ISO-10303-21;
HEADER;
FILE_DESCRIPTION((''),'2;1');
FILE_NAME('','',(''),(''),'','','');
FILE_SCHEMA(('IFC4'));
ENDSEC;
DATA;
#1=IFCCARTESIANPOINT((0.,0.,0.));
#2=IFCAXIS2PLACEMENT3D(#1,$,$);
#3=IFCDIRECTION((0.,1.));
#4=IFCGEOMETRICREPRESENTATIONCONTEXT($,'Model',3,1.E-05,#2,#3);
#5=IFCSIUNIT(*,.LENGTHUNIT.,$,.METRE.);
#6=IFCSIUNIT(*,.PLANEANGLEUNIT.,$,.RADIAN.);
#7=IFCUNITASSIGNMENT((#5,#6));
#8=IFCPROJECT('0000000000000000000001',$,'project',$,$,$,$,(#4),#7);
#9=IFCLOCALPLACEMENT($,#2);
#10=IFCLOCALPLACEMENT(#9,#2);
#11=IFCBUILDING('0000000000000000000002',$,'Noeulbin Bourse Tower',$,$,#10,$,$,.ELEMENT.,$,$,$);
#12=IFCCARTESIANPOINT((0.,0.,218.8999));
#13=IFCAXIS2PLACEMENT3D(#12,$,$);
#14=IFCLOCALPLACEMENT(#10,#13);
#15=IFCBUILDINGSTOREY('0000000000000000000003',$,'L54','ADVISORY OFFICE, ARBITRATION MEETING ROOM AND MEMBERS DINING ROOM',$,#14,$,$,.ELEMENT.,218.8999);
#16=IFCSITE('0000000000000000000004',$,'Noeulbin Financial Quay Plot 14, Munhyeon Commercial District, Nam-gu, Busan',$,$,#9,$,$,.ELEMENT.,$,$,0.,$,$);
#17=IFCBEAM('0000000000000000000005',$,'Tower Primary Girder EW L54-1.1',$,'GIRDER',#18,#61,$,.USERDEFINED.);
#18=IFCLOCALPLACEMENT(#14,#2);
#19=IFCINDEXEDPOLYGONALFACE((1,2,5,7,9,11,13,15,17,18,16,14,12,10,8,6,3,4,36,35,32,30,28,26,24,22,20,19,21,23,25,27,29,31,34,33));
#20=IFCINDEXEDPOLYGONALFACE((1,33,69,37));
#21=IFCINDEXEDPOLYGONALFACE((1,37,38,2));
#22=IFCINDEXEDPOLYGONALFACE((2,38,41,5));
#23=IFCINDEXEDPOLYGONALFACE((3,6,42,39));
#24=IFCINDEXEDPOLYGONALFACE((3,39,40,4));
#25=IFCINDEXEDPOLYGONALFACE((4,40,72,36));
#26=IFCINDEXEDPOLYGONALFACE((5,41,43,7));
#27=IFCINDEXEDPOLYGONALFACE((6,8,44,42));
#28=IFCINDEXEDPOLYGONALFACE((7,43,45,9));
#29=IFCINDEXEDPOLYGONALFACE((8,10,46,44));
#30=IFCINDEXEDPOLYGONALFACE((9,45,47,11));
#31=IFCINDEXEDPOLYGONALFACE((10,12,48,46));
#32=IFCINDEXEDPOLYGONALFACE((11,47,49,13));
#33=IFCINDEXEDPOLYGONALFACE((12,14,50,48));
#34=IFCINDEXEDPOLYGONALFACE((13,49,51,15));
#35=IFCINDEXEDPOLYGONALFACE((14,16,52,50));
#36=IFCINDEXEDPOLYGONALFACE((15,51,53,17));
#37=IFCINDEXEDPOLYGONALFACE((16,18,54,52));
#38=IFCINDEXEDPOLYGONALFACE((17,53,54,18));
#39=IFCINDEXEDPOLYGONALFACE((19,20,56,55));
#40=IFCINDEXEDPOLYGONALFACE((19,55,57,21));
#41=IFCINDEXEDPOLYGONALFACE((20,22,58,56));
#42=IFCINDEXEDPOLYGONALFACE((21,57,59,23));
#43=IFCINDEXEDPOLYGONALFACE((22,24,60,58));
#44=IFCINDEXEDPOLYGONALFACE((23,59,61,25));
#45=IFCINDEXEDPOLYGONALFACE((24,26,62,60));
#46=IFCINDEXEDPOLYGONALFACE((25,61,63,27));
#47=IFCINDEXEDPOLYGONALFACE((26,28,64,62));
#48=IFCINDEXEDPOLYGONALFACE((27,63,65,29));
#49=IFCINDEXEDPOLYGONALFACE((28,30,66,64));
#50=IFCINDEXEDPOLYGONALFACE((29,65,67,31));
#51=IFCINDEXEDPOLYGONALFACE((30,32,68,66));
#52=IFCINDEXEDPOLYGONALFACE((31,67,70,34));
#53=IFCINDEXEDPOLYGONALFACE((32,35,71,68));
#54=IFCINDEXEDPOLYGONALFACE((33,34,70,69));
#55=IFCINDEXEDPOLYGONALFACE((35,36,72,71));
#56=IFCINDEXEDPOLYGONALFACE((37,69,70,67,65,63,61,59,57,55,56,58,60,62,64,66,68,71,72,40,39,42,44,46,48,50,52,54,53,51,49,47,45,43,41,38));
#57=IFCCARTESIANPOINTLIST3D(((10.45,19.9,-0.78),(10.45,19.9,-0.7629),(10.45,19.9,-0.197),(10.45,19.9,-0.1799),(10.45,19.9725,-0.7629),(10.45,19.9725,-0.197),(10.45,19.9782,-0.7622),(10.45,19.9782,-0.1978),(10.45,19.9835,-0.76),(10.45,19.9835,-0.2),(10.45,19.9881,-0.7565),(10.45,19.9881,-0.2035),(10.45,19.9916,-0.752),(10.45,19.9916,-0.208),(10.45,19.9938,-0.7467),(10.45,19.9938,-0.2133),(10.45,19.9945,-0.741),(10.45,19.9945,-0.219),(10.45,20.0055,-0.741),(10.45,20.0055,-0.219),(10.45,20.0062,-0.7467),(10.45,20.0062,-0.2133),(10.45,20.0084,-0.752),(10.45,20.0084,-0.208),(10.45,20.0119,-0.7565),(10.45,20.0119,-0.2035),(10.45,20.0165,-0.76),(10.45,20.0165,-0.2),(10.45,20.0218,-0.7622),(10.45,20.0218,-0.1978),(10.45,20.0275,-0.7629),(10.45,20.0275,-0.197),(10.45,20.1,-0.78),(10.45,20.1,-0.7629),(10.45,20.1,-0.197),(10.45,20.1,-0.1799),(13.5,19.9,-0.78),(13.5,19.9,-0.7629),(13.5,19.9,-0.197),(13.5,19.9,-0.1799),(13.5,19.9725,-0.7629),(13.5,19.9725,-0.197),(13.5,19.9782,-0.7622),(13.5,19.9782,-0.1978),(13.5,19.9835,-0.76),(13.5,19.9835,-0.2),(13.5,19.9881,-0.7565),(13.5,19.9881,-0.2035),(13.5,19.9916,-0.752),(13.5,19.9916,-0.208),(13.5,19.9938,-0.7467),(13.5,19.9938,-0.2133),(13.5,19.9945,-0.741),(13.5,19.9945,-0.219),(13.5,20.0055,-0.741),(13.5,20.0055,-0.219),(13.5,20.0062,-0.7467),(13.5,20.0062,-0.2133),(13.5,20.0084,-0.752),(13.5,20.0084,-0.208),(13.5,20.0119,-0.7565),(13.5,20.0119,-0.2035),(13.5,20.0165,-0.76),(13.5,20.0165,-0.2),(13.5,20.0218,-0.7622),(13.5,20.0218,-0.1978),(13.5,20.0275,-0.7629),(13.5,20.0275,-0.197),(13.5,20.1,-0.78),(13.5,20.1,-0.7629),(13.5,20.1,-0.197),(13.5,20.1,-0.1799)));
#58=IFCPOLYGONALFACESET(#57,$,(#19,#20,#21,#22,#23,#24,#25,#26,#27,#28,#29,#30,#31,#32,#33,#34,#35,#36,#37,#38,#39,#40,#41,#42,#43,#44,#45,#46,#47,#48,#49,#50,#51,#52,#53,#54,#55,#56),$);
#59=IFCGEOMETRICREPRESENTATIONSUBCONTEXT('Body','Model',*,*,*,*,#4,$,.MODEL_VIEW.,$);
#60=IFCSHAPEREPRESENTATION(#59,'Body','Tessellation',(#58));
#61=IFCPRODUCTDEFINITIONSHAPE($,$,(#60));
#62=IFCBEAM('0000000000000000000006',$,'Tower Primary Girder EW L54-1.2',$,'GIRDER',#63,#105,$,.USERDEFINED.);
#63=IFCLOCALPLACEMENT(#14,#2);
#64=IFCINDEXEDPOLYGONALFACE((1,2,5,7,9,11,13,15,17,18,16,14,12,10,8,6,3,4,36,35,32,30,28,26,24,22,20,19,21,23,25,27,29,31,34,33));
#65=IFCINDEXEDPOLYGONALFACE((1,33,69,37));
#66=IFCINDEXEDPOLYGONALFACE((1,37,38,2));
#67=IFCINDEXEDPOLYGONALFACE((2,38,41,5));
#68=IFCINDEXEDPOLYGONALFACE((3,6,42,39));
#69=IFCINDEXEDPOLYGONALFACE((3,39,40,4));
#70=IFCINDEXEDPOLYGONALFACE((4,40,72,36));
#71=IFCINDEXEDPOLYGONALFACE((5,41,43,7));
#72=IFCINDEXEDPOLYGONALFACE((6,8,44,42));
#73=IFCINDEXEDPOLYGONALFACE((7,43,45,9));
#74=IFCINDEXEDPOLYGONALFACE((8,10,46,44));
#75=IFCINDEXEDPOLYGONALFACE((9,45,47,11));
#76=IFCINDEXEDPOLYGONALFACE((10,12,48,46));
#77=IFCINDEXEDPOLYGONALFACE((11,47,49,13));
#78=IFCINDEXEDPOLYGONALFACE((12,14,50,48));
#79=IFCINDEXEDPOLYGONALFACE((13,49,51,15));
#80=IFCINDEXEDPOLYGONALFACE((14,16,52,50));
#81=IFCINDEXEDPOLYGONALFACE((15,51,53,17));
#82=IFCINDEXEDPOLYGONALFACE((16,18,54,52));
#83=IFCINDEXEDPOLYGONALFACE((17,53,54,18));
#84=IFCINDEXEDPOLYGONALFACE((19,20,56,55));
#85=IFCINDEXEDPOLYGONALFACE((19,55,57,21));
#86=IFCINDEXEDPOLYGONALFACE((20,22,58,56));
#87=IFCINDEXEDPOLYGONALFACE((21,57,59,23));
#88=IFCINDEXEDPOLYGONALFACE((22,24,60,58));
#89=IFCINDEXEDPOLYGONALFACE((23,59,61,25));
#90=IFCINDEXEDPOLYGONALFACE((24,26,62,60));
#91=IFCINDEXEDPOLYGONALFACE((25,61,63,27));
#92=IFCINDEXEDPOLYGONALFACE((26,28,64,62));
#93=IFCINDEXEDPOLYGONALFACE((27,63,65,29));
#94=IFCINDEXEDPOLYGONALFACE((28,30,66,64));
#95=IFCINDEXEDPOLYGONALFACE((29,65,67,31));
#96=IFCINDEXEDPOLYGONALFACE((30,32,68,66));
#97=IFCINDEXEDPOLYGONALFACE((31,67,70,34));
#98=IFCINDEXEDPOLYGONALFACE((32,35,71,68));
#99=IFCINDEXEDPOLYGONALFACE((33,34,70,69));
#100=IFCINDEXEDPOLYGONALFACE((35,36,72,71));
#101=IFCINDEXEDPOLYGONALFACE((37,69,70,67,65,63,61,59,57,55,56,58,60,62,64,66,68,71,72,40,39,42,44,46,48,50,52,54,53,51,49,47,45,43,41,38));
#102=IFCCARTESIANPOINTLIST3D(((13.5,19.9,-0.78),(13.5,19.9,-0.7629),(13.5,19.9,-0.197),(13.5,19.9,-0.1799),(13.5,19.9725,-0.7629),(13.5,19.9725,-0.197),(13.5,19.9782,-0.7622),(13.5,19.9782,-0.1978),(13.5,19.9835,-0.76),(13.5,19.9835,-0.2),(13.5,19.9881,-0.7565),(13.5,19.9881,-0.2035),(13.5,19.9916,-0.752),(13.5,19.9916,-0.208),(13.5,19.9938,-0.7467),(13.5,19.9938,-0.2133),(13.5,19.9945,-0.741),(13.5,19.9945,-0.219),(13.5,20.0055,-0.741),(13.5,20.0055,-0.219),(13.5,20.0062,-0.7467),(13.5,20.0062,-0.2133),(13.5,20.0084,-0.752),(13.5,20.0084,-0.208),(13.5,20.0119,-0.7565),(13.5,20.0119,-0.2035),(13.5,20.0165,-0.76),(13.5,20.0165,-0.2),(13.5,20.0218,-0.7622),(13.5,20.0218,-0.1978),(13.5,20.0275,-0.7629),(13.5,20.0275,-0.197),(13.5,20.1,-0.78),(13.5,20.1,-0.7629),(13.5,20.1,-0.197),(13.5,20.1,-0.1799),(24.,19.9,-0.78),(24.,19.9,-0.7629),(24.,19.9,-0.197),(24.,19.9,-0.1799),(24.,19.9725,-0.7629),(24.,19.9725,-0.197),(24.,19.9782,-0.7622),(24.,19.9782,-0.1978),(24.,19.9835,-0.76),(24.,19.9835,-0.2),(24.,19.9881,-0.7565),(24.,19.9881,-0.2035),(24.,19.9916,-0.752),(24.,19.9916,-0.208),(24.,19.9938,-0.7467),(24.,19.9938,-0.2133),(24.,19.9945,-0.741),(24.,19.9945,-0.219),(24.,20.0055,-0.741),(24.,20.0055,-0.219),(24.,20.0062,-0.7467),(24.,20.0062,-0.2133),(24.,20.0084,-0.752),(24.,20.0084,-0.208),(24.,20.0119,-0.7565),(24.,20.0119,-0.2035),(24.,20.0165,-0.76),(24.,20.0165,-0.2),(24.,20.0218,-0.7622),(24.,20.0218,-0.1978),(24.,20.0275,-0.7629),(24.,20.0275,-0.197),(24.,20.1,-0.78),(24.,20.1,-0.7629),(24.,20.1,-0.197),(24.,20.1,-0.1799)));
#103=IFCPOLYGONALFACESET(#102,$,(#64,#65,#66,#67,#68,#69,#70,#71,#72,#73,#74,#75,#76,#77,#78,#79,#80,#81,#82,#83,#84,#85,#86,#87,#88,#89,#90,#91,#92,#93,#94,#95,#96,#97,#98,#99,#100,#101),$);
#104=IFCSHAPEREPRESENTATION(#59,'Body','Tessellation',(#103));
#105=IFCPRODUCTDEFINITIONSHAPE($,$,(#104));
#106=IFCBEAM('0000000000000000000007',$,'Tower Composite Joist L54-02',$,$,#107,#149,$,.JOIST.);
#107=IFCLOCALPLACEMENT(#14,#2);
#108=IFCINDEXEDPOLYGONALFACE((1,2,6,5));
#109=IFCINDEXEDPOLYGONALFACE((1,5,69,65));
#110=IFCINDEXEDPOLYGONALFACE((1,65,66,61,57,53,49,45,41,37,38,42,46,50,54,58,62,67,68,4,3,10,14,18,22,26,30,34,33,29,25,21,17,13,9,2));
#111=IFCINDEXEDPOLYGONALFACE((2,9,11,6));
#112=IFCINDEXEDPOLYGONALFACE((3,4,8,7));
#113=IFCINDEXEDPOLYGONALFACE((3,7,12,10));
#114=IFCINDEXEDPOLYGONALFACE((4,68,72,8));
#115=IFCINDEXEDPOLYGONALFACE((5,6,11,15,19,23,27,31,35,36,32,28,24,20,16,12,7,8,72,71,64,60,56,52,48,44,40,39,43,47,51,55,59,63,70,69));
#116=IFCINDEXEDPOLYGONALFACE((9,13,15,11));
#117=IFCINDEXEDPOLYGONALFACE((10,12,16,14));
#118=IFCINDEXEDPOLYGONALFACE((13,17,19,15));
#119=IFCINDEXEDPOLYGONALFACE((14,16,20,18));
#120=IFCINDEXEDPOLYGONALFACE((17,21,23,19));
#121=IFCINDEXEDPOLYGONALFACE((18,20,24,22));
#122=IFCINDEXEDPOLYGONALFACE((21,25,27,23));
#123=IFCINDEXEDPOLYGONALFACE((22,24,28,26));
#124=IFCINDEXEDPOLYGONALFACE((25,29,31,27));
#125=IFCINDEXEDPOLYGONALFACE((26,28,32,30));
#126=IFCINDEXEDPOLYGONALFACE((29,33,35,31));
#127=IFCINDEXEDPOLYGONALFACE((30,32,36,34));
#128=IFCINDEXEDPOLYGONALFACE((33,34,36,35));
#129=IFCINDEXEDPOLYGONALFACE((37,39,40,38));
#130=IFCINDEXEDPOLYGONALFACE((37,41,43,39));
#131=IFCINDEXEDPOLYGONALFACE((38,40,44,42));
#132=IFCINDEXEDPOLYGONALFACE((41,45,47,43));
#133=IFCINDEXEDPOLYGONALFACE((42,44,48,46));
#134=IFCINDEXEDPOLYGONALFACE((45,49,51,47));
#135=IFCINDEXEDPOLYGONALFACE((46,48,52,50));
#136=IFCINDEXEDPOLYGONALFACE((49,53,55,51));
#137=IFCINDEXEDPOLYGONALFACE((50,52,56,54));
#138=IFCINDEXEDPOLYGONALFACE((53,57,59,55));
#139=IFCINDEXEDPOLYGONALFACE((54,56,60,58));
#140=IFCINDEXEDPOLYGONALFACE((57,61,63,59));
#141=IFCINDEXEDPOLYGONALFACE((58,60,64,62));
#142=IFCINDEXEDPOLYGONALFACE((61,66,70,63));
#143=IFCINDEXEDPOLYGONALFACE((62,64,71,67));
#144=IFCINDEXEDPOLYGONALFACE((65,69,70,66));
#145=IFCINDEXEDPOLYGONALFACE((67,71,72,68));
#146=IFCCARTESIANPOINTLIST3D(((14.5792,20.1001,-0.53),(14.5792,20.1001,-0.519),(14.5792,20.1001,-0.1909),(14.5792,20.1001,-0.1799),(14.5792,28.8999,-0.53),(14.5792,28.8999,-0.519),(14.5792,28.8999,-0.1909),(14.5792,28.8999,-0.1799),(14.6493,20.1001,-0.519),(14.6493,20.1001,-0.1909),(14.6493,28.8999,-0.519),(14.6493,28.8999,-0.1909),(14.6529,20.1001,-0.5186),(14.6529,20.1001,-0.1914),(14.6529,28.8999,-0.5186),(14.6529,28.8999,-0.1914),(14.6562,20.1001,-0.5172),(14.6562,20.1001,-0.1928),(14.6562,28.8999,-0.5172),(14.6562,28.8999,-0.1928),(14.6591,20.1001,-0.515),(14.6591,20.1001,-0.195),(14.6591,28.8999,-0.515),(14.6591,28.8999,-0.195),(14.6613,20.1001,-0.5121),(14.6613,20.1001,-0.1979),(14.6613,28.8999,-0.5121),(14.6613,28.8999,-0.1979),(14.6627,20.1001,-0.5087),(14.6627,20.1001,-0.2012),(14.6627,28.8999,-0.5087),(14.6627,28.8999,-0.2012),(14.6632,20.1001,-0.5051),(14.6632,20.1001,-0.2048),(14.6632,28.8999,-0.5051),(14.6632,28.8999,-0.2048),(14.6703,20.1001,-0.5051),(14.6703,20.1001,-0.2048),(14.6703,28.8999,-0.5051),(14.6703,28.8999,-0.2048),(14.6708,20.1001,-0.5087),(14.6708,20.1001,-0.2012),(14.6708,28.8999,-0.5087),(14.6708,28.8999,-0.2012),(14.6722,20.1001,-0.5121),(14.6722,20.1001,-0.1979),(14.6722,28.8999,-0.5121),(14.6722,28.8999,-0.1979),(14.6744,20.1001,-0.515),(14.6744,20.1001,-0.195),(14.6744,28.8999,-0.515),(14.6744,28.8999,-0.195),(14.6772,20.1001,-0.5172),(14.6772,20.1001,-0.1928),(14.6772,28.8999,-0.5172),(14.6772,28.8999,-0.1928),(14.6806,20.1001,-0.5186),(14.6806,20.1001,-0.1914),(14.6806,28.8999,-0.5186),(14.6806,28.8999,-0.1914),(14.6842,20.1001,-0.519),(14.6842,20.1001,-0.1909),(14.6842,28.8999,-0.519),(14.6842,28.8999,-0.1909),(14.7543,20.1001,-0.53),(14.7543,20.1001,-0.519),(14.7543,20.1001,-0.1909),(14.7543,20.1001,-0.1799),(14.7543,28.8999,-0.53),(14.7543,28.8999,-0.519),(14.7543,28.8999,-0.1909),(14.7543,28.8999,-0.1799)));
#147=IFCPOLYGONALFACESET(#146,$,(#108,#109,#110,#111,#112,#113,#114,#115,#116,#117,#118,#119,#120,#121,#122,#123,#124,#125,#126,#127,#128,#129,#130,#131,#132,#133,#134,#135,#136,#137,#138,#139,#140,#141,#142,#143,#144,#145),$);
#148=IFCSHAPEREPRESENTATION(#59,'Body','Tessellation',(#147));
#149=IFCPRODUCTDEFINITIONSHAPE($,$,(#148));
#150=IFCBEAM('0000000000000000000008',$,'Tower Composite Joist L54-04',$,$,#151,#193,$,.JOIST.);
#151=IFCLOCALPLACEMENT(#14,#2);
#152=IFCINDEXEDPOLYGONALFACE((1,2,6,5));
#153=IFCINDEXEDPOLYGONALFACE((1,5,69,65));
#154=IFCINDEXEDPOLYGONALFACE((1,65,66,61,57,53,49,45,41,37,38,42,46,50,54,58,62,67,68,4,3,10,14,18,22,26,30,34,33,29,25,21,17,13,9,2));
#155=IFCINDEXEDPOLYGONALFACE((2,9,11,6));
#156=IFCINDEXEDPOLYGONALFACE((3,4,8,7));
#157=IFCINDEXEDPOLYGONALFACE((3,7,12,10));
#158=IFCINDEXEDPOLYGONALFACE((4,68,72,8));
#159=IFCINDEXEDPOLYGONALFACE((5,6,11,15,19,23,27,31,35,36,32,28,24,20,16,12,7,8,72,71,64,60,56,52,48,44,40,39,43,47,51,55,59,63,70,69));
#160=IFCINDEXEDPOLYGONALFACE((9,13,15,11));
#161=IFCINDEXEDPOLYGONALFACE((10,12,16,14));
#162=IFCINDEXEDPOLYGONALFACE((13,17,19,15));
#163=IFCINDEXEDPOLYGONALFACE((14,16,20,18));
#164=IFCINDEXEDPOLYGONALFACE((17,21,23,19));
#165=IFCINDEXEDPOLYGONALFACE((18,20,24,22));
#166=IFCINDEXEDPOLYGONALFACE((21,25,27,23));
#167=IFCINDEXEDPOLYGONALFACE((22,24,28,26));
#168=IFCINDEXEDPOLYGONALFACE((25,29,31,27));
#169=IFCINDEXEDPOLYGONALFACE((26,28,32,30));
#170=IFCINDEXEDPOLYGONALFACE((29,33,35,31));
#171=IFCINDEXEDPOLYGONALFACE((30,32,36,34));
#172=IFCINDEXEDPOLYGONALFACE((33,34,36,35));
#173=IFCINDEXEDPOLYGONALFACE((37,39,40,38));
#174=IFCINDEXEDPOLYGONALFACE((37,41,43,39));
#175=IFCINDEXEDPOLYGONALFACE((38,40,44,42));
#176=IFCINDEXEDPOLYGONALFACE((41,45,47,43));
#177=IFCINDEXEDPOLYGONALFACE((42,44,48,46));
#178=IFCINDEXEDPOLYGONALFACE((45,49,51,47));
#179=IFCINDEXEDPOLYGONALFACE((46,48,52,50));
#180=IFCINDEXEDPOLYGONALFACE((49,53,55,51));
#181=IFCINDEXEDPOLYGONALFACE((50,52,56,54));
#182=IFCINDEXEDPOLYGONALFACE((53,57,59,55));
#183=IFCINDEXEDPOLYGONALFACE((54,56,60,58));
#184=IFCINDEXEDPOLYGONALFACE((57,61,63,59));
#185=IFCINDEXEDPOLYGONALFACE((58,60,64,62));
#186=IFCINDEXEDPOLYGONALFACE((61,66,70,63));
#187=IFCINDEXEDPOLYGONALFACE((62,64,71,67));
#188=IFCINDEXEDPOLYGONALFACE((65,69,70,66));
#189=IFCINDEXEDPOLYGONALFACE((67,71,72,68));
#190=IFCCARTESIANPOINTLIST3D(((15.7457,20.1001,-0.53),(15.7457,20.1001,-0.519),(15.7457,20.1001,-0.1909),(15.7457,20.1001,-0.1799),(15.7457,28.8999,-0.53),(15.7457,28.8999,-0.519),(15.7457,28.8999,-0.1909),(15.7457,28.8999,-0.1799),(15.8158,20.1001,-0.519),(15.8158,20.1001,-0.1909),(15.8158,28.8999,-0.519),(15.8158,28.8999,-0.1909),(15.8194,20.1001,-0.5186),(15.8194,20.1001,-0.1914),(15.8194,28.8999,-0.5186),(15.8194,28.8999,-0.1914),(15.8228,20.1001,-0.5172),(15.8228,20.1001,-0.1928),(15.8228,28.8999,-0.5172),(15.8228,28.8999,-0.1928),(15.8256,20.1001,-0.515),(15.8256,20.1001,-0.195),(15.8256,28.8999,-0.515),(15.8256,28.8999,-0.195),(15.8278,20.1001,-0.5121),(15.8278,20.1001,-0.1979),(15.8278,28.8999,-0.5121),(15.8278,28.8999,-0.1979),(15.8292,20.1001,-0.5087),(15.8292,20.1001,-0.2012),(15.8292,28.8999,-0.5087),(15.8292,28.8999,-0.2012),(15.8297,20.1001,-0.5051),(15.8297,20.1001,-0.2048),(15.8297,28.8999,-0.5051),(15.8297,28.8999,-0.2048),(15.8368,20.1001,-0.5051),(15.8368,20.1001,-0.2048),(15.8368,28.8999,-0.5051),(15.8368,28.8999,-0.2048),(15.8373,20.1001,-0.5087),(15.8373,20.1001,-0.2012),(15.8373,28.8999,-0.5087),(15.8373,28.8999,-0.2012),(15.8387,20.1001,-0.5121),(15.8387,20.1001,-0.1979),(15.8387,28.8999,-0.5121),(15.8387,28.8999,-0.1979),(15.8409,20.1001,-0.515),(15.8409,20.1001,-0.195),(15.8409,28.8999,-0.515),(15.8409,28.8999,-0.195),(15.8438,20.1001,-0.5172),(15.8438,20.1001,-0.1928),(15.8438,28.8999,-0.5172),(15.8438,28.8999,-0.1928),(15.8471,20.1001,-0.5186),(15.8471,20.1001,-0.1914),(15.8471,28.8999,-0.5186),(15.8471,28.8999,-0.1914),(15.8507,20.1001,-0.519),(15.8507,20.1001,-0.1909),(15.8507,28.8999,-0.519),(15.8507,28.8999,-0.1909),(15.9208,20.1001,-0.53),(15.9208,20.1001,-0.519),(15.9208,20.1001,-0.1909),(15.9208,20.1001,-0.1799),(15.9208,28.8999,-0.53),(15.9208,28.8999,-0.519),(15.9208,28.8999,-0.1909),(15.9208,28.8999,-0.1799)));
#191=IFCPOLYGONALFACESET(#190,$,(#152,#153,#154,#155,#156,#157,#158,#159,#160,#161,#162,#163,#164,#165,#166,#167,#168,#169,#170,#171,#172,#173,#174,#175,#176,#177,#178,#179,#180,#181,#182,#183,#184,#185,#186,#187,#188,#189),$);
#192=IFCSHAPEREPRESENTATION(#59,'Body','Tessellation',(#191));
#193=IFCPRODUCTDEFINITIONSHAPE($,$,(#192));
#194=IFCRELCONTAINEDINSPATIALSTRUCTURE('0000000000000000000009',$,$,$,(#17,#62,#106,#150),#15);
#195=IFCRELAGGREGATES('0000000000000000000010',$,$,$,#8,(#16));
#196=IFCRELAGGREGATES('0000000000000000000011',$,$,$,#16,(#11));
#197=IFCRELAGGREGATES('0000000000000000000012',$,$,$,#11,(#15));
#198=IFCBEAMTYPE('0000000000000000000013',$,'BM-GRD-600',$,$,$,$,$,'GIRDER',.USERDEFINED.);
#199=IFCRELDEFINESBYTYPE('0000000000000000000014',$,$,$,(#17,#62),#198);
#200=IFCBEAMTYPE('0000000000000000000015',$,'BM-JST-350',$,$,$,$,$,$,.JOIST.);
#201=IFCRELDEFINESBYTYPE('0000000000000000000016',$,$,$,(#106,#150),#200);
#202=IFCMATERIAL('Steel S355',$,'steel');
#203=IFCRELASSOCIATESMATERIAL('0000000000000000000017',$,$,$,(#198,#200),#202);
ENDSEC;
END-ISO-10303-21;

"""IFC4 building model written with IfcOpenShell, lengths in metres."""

from ifc_helpers import new_model, si_unit, direction, frame, origin, origin_2d, place, context, subcontext, project, spatial, i_section, extrude, material, material_profile, profile_set, type_object, element, save


model = new_model("IFC4")

# Units and contexts
model_context = context("Model", 3, precision=1e-05, world=origin(), true_north=direction((0.0, 1.0)))
body_context = subcontext(model_context, "Body", "Model", "MODEL_VIEW")
ifc_project = project(units=[si_unit("LENGTHUNIT", "METRE"), si_unit("PLANEANGLEUNIT", "RADIAN")], contexts=[model_context])

# Site, building, storey
site_placement = place(None, origin())
site = spatial("IfcSite", under=ifc_project, at=site_placement, Name="Noeulbin Financial Quay Plot 14, Munhyeon Commercial District, Nam-gu, Busan", CompositionType="ELEMENT", RefElevation=0.0)
building_placement = place(site_placement, origin())
building = spatial("IfcBuilding", under=site, at=building_placement, Name="Noeulbin Bourse Tower", CompositionType="ELEMENT")
storey_placement = place(building_placement, frame((0.0, 0.0, 218.8999)))
storey = spatial("IfcBuildingStorey", under=building, at=storey_placement, Name="L54", Description="ADVISORY OFFICE, ARBITRATION MEETING ROOM AND MEMBERS DINING ROOM", CompositionType="ELEMENT", Elevation=218.8999)

# Shared definitions
ifc_material_1 = material(Name="Steel S355", Category="steel")

# Beams
ifc_material_profile_1 = material_profile(ifc_material_1, i_section(OverallWidth=0.2, OverallDepth=0.6001, WebThickness=0.011, FlangeThickness=0.0171, FilletRadius=0.022, at=origin_2d()), Name="H-600x200x11x17", Category="LoadBearing")
ifc_profile_set_1 = profile_set([ifc_material_profile_1], Name="Steel S355")
beam_type_1 = type_object("IfcBeamType", Name="BM-GRD-600", ElementType="GIRDER", PredefinedType="USERDEFINED", material=ifc_profile_set_1)
beam_1_placement = place(storey_placement, frame((10.45, 20.0, -0.48), z_axis=(1.0, 0.0, 0.0), x_axis=(0.0, 1.0, 0.0)))
element("IfcBeam", 1, at=beam_1_placement, inside=storey, type_object=beam_type_1, Name="Tower Primary Girder EW L54-1.1", ObjectType="GIRDER", PredefinedType="USERDEFINED", context=body_context, shape_type="SweptSolid", body=[
    extrude(i_section(OverallWidth=0.2, OverallDepth=0.6001, WebThickness=0.011, FlangeThickness=0.0171, FilletRadius=0.022, at=origin_2d()), origin(), (0.0, 0.0, 1.0), 3.05),
])
beam_2_placement = place(storey_placement, frame((13.5, 20.0, -0.48), z_axis=(1.0, 0.0, 0.0), x_axis=(0.0, 1.0, 0.0)))
element("IfcBeam", 2, at=beam_2_placement, inside=storey, type_object=beam_type_1, Name="Tower Primary Girder EW L54-1.2", ObjectType="GIRDER", PredefinedType="USERDEFINED", context=body_context, shape_type="SweptSolid", body=[
    extrude(i_section(OverallWidth=0.2, OverallDepth=0.6001, WebThickness=0.011, FlangeThickness=0.0171, FilletRadius=0.022, at=origin_2d()), origin(), (0.0, 0.0, 1.0), 10.5),
])
ifc_material_profile_2 = material_profile(ifc_material_1, i_section(OverallWidth=0.175, OverallDepth=0.3501, WebThickness=0.0071, FlangeThickness=0.011, FilletRadius=0.0139, at=origin_2d()), Name="H-350x175x7x11", Category="LoadBearing")
ifc_profile_set_2 = profile_set([ifc_material_profile_2], Name="Steel S355")
beam_type_2 = type_object("IfcBeamType", Name="BM-JST-350", PredefinedType="JOIST", material=ifc_profile_set_2)
for number, where, z_axis, x_axis, name in (
    (3, (14.6667, 20.1001, -0.355), (0.0, 1.0, 0.0), (-1.0, 0.0, 0.0), "Tower Composite Joist L54-02"),
    (4, (15.8333, 20.1001, -0.355), (0.0, 1.0, 0.0), (-1.0, 0.0, 0.0), "Tower Composite Joist L54-04"),
):
    element("IfcBeam", number, at=place(storey_placement, frame(where, z_axis=z_axis, x_axis=x_axis)), inside=storey, type_object=beam_type_2, Name=name, PredefinedType="JOIST", context=body_context, shape_type="SweptSolid", body=[
        extrude(i_section(OverallWidth=0.175, OverallDepth=0.3501, WebThickness=0.0071, FlangeThickness=0.011, FilletRadius=0.0139, at=origin_2d()), origin(), (0.0, 0.0, 1.0), 8.7998),
    ])

save(model, "model.ifc")
